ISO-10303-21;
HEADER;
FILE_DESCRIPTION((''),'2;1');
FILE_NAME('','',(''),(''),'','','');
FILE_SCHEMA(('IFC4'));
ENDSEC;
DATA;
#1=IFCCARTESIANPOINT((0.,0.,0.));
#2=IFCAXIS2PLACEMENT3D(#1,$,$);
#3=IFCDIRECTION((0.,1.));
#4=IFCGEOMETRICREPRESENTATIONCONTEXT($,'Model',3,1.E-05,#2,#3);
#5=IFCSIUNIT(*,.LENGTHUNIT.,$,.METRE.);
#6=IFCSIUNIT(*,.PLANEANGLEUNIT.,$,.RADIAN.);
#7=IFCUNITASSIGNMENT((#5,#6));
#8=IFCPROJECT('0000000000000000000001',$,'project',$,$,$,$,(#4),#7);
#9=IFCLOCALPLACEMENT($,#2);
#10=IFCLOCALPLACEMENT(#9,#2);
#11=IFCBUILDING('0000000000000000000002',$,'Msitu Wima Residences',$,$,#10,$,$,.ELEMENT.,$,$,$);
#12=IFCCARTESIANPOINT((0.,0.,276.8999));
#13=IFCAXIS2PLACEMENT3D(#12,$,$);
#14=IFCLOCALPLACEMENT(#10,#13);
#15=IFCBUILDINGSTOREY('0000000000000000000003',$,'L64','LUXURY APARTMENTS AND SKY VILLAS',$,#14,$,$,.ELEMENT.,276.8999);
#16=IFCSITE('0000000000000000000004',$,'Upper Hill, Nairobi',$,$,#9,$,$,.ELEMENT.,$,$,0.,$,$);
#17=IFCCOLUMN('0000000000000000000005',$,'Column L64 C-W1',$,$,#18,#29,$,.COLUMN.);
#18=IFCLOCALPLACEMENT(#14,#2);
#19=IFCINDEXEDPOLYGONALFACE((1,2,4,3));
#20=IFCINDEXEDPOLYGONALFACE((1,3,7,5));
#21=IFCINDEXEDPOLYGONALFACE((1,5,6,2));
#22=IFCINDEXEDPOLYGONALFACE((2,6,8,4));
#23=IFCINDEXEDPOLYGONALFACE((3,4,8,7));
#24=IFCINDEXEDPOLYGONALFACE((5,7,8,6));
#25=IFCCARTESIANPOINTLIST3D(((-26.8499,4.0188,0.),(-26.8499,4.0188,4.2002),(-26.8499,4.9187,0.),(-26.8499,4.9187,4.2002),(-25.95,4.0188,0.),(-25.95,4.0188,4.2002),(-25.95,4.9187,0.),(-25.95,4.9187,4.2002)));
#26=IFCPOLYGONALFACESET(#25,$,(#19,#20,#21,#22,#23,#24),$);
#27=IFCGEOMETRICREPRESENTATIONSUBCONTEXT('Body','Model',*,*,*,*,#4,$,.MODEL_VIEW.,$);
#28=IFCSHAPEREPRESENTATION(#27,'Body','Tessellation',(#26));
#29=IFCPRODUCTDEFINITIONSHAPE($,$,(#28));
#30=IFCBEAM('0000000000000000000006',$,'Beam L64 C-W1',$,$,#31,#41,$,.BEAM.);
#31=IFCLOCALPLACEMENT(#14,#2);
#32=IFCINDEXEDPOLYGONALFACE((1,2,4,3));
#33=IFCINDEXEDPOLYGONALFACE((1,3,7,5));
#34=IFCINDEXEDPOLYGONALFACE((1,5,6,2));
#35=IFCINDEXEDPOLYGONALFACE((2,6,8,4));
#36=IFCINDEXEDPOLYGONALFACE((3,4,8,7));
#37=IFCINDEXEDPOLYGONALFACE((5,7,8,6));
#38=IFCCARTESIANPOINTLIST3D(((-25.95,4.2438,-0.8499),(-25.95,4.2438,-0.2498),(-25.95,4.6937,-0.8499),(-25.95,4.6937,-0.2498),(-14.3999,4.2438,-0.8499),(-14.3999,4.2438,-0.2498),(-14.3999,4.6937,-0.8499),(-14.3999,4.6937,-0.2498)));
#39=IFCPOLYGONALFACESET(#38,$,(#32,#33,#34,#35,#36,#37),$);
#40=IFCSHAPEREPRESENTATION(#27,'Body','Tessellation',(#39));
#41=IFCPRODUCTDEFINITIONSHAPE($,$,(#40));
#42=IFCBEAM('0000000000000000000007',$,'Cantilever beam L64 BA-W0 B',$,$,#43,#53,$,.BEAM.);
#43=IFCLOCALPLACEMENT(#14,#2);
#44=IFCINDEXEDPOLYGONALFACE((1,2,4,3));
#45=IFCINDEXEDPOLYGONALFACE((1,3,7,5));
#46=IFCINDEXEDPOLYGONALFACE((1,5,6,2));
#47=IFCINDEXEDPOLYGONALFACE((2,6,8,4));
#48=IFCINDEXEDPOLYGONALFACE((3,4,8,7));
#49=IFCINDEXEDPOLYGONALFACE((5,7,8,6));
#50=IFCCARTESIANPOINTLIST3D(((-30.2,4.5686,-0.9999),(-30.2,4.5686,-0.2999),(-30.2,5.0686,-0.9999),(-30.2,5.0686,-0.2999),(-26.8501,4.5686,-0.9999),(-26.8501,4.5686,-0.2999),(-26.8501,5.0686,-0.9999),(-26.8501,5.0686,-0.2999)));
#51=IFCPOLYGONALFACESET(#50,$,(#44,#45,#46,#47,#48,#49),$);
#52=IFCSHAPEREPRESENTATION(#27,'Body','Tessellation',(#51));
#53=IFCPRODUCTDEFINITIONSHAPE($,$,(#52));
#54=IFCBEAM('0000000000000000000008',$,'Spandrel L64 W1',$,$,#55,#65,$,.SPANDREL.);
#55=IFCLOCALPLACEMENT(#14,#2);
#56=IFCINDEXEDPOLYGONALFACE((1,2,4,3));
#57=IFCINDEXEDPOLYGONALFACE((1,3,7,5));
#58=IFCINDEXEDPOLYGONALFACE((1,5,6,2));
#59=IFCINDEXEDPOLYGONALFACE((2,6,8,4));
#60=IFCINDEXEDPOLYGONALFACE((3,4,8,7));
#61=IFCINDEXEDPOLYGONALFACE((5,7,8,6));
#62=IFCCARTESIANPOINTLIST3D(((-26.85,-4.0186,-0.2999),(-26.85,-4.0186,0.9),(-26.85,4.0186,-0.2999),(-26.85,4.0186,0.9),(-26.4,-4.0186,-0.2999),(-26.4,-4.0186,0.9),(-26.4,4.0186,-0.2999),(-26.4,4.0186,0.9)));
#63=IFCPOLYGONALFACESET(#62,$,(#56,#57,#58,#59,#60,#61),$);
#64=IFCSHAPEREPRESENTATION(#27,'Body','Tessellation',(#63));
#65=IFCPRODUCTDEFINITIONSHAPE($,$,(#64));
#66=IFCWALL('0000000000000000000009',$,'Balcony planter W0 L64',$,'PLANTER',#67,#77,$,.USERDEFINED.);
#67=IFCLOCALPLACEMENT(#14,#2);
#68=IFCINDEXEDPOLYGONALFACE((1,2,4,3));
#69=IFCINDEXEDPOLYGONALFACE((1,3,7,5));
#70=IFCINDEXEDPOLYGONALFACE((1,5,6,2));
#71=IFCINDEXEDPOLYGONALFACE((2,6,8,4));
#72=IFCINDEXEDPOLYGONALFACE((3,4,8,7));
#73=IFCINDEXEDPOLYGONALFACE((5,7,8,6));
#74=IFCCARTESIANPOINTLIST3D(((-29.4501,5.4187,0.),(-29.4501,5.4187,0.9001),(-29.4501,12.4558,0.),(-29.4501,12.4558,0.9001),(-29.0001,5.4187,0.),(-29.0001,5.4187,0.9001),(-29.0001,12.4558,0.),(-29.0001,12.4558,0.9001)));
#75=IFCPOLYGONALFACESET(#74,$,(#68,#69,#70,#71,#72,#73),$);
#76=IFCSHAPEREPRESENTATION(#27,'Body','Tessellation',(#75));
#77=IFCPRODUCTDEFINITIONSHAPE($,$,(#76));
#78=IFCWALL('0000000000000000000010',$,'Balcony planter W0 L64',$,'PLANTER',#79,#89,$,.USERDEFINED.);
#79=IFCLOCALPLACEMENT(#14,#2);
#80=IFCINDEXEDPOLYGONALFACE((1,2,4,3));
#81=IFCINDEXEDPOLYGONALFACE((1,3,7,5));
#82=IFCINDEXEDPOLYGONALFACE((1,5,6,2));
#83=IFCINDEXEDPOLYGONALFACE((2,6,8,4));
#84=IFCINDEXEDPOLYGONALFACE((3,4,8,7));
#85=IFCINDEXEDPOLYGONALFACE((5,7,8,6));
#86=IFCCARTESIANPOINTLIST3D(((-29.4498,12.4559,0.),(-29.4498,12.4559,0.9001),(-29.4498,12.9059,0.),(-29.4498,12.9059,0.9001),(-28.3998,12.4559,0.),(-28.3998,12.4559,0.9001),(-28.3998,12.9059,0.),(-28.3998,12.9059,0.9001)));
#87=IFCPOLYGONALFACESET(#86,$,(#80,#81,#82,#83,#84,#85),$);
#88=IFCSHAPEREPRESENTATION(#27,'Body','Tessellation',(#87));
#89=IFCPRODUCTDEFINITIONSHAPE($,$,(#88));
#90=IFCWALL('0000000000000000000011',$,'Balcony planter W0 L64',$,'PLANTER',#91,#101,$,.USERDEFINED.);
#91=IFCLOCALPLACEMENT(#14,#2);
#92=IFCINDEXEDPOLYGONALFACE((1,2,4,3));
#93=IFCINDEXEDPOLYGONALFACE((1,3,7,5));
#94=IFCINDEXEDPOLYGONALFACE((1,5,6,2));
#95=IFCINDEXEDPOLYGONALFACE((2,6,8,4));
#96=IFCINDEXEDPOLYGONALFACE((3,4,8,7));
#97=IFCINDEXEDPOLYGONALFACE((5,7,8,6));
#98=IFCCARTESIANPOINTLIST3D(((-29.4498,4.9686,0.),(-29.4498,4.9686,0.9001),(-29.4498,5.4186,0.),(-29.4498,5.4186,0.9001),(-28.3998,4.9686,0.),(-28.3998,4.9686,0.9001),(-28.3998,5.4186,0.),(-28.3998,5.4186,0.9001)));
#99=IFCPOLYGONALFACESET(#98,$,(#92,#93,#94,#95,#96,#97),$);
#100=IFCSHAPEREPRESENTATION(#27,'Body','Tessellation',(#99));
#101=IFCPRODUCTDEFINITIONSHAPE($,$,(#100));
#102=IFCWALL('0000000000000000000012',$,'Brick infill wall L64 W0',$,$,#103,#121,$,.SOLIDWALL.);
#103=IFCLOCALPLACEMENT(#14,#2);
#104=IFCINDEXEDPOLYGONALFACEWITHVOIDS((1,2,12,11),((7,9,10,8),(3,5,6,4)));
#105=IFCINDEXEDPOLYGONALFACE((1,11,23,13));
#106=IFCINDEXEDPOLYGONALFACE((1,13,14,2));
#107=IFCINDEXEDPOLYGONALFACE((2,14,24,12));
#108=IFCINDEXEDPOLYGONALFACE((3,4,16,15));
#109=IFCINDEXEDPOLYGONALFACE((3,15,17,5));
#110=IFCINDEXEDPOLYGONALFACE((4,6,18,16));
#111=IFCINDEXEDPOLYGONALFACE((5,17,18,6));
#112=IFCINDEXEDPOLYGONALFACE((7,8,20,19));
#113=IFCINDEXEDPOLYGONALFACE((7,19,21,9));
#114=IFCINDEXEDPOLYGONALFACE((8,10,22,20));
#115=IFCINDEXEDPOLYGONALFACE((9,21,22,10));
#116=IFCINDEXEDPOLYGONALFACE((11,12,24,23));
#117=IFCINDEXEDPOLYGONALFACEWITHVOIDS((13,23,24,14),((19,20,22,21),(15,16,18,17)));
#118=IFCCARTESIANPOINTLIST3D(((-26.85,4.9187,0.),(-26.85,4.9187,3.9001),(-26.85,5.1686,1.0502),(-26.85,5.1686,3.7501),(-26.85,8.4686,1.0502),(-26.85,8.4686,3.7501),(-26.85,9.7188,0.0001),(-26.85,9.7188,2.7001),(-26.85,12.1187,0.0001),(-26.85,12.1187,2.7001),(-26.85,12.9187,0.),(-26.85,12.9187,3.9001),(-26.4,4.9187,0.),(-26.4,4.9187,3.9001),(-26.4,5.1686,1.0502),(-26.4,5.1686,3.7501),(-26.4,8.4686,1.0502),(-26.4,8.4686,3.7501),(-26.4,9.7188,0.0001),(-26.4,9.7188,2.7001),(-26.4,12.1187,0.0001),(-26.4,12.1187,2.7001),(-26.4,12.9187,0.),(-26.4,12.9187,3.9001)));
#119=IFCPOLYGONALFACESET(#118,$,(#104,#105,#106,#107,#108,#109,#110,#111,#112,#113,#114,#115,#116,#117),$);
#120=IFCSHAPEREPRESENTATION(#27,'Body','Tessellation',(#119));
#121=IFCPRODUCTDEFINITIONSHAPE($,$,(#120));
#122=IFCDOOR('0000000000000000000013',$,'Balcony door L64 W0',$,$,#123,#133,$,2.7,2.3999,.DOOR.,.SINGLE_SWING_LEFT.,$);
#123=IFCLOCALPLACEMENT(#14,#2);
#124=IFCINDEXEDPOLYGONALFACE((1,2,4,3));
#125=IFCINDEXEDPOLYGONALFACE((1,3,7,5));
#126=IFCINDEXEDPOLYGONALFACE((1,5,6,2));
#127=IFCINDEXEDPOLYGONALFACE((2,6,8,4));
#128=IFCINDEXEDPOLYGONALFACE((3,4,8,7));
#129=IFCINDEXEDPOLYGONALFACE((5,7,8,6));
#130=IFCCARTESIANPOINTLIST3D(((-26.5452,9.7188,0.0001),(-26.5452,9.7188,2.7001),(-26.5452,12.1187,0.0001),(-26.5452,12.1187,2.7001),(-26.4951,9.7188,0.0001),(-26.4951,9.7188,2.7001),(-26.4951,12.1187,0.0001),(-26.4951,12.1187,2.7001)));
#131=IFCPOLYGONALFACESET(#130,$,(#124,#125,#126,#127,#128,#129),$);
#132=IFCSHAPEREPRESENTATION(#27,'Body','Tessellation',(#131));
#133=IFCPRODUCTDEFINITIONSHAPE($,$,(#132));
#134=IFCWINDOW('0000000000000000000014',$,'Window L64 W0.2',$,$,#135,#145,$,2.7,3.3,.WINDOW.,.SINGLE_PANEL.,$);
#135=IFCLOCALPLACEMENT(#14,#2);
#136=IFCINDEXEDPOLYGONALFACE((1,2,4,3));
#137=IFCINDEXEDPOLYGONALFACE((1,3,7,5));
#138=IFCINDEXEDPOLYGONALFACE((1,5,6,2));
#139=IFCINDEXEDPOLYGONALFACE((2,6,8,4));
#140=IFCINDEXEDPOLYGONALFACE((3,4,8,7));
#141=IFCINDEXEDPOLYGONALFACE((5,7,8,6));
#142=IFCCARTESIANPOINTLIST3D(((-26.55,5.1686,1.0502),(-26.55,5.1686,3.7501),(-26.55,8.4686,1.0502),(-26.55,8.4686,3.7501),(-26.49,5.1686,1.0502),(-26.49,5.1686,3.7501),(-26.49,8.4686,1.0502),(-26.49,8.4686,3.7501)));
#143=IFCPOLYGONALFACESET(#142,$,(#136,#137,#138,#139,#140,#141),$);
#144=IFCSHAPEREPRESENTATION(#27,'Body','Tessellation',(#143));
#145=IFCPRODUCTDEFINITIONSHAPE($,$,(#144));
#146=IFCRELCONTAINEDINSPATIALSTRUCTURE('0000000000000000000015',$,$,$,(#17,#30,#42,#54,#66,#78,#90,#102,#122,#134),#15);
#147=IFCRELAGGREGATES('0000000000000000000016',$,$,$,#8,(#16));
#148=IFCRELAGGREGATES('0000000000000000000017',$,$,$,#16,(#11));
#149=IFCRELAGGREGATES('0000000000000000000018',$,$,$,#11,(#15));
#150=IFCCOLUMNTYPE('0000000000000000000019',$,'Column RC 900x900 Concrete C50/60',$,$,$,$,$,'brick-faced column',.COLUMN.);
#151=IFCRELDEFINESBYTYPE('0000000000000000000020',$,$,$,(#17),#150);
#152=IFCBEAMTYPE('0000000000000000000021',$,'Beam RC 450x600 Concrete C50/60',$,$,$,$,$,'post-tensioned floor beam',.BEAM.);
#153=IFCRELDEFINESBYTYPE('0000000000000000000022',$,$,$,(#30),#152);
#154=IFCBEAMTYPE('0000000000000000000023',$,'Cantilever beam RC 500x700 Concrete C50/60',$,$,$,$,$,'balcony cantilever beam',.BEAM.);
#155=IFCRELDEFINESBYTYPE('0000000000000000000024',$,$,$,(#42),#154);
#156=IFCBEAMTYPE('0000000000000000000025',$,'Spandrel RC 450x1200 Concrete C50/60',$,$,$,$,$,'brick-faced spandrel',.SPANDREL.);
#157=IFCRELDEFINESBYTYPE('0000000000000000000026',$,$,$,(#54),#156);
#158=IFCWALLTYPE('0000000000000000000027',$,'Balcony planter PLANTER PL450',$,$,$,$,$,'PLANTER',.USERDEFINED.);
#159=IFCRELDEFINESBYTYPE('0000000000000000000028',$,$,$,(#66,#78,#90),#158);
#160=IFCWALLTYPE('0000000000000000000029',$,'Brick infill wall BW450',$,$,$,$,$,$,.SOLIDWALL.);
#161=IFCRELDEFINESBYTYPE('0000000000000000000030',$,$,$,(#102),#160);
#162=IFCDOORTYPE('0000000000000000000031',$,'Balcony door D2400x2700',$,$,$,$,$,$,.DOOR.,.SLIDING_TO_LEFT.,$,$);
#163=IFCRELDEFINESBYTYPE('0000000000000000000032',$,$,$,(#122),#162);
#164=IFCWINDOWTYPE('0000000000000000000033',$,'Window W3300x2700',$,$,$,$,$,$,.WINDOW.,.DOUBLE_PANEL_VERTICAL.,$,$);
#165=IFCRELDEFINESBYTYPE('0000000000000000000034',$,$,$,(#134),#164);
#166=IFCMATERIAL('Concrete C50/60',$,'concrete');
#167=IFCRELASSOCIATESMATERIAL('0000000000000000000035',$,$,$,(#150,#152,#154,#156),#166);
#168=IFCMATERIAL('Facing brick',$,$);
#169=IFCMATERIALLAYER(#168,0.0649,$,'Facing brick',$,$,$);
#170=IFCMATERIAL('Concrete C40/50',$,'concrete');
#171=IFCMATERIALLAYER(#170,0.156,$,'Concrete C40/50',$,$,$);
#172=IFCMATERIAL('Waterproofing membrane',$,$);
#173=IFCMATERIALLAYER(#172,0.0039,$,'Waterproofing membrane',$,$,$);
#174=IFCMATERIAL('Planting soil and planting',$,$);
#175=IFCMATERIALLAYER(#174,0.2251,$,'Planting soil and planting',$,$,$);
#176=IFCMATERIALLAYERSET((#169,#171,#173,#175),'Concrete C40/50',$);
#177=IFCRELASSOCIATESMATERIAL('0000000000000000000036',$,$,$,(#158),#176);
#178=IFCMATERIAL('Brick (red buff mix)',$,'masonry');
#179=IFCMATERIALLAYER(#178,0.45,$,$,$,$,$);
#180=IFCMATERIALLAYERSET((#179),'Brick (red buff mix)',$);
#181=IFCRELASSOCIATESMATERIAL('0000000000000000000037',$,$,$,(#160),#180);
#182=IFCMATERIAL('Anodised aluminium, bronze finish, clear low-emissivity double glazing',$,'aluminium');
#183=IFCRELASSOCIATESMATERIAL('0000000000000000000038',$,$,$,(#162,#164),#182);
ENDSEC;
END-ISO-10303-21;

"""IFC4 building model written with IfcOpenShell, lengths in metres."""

from ifc_helpers import new_model, si_unit, direction, frame, frame_2d, origin, origin_2d, place, context, subcontext, project, spatial, rectangle, extrude, material, layer, layer_set, material_profile, profile_set, type_object, element, fill, save


model = new_model("IFC4")

# Units and contexts
model_context = context("Model", 3, precision=1e-05, world=origin(), true_north=direction((0.0, 1.0)))
body_context = subcontext(model_context, "Body", "Model", "MODEL_VIEW")
ifc_project = project(units=[si_unit("LENGTHUNIT", "METRE"), si_unit("PLANEANGLEUNIT", "RADIAN")], contexts=[model_context])

# Site, building, storey
site_placement = place(None, origin())
site = spatial("IfcSite", under=ifc_project, at=site_placement, Name="Upper Hill, Nairobi", CompositionType="ELEMENT", RefElevation=0.0)
building_placement = place(site_placement, origin())
building = spatial("IfcBuilding", under=site, at=building_placement, Name="Msitu Wima Residences", CompositionType="ELEMENT")
storey_placement = place(building_placement, frame((0.0, 0.0, 276.8999)))
storey = spatial("IfcBuildingStorey", under=building, at=storey_placement, Name="L64", Description="LUXURY APARTMENTS AND SKY VILLAS", CompositionType="ELEMENT", Elevation=276.8999)

# Column
ifc_material_1 = material(Name="Concrete C50/60", Category="concrete")
ifc_material_profile_1 = material_profile(ifc_material_1, rectangle(XDim=0.8999, YDim=0.8999, at=origin_2d()), Name="RC 900x900")
ifc_profile_set_1 = profile_set([ifc_material_profile_1], Name="Concrete C50/60")
column_type = type_object("IfcColumnType", Name="Column RC 900x900 Concrete C50/60", ElementType="brick-faced column", PredefinedType="COLUMN", material=ifc_profile_set_1)
column_placement = place(storey_placement, frame((-26.3999, 4.4688, 0.0), z_axis=(0.0, 0.0, 1.0), x_axis=(0.0, -1.0, 0.0)))
element("IfcColumn", 1, at=column_placement, inside=storey, type_object=column_type, Name="Column L64 C-W1", PredefinedType="COLUMN", context=body_context, shape_type="SweptSolid", body=[
    extrude(rectangle(XDim=0.8999, YDim=0.8999, at=origin_2d()), origin(), (0.0, 0.0, 1.0), 4.2002),
])

# Beams
ifc_material_profile_2 = material_profile(ifc_material_1, rectangle(XDim=0.45, YDim=0.6001, at=origin_2d()), Name="RC 450x600")
ifc_profile_set_2 = profile_set([ifc_material_profile_2], Name="Concrete C50/60")
beam_type_1 = type_object("IfcBeamType", Name="Beam RC 450x600 Concrete C50/60", ElementType="post-tensioned floor beam", PredefinedType="BEAM", material=ifc_profile_set_2)
beam_1_placement = place(storey_placement, frame((-25.95, 4.4688, -0.5498), z_axis=(1.0, 0.0, 0.0), x_axis=(0.0, 1.0, 0.0)))
element("IfcBeam", 2, at=beam_1_placement, inside=storey, type_object=beam_type_1, Name="Beam L64 C-W1", PredefinedType="BEAM", context=body_context, shape_type="SweptSolid", body=[
    extrude(rectangle(XDim=0.45, YDim=0.6001, at=origin_2d()), origin(), (0.0, 0.0, 1.0), 11.55),
])
ifc_material_profile_3 = material_profile(ifc_material_1, rectangle(XDim=0.5, YDim=0.7, at=origin_2d()), Name="RC 500x700")
ifc_profile_set_3 = profile_set([ifc_material_profile_3], Name="Concrete C50/60")
beam_type_2 = type_object("IfcBeamType", Name="Cantilever beam RC 500x700 Concrete C50/60", ElementType="balcony cantilever beam", PredefinedType="BEAM", material=ifc_profile_set_3)
beam_2_placement = place(storey_placement, frame((-26.8501, 4.8186, -0.6499), z_axis=(-1.0, 0.0, 0.0), x_axis=(0.0, -1.0, 0.0)))
element("IfcBeam", 3, at=beam_2_placement, inside=storey, type_object=beam_type_2, Name="Cantilever beam L64 BA-W0 B", PredefinedType="BEAM", context=body_context, shape_type="SweptSolid", body=[
    extrude(rectangle(XDim=0.5, YDim=0.7, at=origin_2d()), origin(), (0.0, 0.0, 1.0), 3.3499),
])
ifc_material_profile_4 = material_profile(ifc_material_1, rectangle(XDim=0.45, YDim=1.2, at=origin_2d()), Name="RC 450x1200")
ifc_profile_set_4 = profile_set([ifc_material_profile_4], Name="Concrete C50/60")
beam_type_3 = type_object("IfcBeamType", Name="Spandrel RC 450x1200 Concrete C50/60", ElementType="brick-faced spandrel", PredefinedType="SPANDREL", material=ifc_profile_set_4)
beam_3_placement = place(storey_placement, frame((-26.625, 4.0186, 0.3), z_axis=(0.0, -1.0, 0.0), x_axis=(1.0, 0.0, 0.0)))
element("IfcBeam", 4, at=beam_3_placement, inside=storey, type_object=beam_type_3, Name="Spandrel L64 W1", PredefinedType="SPANDREL", context=body_context, shape_type="SweptSolid", body=[
    extrude(rectangle(XDim=0.45, YDim=1.2, at=origin_2d()), origin(), (0.0, 0.0, 1.0), 8.0371),
])

# Walls
ifc_material_2 = material(Name="Facing brick")
ifc_layer_1 = layer(ifc_material_2, 0.0649, Name="Facing brick")
ifc_material_3 = material(Name="Concrete C40/50", Category="concrete")
ifc_layer_2 = layer(ifc_material_3, 0.156, Name="Concrete C40/50")
ifc_material_4 = material(Name="Waterproofing membrane")
ifc_layer_3 = layer(ifc_material_4, 0.0039, Name="Waterproofing membrane")
ifc_material_5 = material(Name="Planting soil and planting")
ifc_layer_4 = layer(ifc_material_5, 0.2251, Name="Planting soil and planting")
ifc_layer_set_1 = layer_set([ifc_layer_1, ifc_layer_2, ifc_layer_3, ifc_layer_4], Name="Concrete C40/50")
wall_type_1 = type_object("IfcWallType", Name="Balcony planter PLANTER PL450", ElementType="PLANTER", PredefinedType="USERDEFINED", material=ifc_layer_set_1)
wall_1_placement = place(storey_placement, frame((-29.2251, 12.4558, 0.0), z_axis=(0.0, 0.0, 1.0), x_axis=(0.0, -1.0, 0.0)))
element("IfcWall", 5, at=wall_1_placement, inside=storey, type_object=wall_type_1, Name="Balcony planter W0 L64", ObjectType="PLANTER", PredefinedType="USERDEFINED", context=body_context, shape_type="SweptSolid", body=[
    extrude(rectangle(XDim=7.0371, YDim=0.45, at=frame_2d((3.5186, 0.0))), origin(), (0.0, 0.0, 1.0), 0.9001),
])
for number, where, z_axis, x_axis, name in (
    (6, (-28.3999, 12.6809, 0.0), (0.0, 0.0, 1.0), (-1.0, 0.0, 0.0), "Balcony planter W0 L64"),
    (7, (-28.3999, 5.1936, 0.0), (0.0, 0.0, 1.0), (-1.0, 0.0, 0.0), "Balcony planter W0 L64"),
):
    element("IfcWall", number, at=place(storey_placement, frame(where, z_axis=z_axis, x_axis=x_axis)), inside=storey, type_object=wall_type_1, Name=name, ObjectType="PLANTER", PredefinedType="USERDEFINED", context=body_context, shape_type="SweptSolid", body=[
        extrude(rectangle(XDim=1.05, YDim=0.45, at=frame_2d((0.5249, 0.0))), origin(), (0.0, 0.0, 1.0), 0.9001),
    ])

# Wall, openings, door, window
ifc_material_6 = material(Name="Brick (red buff mix)", Category="masonry")
ifc_layer_5 = layer(ifc_material_6, 0.45)
ifc_layer_set_2 = layer_set([ifc_layer_5], Name="Brick (red buff mix)")
wall_type_2 = type_object("IfcWallType", Name="Brick infill wall BW450", PredefinedType="SOLIDWALL", material=ifc_layer_set_2)
wall_2_placement = place(storey_placement, frame((-26.625, 12.9187, 0.0), z_axis=(0.0, 0.0, 1.0), x_axis=(0.0, -1.0, 0.0)))
wall_2 = element("IfcWall", 8, at=wall_2_placement, inside=storey, type_object=wall_type_2, Name="Brick infill wall L64 W0", PredefinedType="SOLIDWALL", context=body_context, shape_type="SweptSolid", body=[
    extrude(rectangle(XDim=8.0, YDim=0.45, at=frame_2d((4.0, 0.0))), origin(), (0.0, 0.0, 1.0), 3.9001),
])
opening_1_placement = place(wall_2_placement, frame((0.8, 0.0, 0.0)))
opening_1 = element("IfcOpeningElement", 9, at=opening_1_placement, cuts=wall_2, PredefinedType="OPENING", context=body_context, shape_type="SweptSolid", body=[
    extrude(rectangle(XDim=2.3999, YDim=2.7, at=frame_2d((1.2, 1.3501))), frame((0.0, 0.2349, 0.0), z_axis=(0.0, -1.0, 0.0), x_axis=(1.0, 0.0, 0.0)), (0.0, 0.0, 1.0), 0.47),
])
opening_2_placement = place(wall_2_placement, frame((4.4502, 0.0, 1.05)))
opening_2 = element("IfcOpeningElement", 10, at=opening_2_placement, cuts=wall_2, PredefinedType="OPENING", context=body_context, shape_type="SweptSolid", body=[
    extrude(rectangle(XDim=3.3, YDim=2.7, at=frame_2d((1.6499, 1.3501))), frame((0.0, 0.2349, 0.0), z_axis=(0.0, -1.0, 0.0), x_axis=(1.0, 0.0, 0.0)), (0.0, 0.0, 1.0), 0.47),
])
ifc_material_7 = material(Name="Anodised aluminium, bronze finish, clear low-emissivity double glazing", Category="aluminium")
door_type_1 = type_object("IfcDoorType", Name="Balcony door D2400x2700", OperationType="SLIDING_TO_LEFT", PredefinedType="DOOR", material=ifc_material_7)
door_1_placement = place(opening_1_placement, origin())
door_1 = element("IfcDoor", 11, at=door_1_placement, inside=storey, type_object=door_type_1, Name="Balcony door L64 W0", OperationType="SINGLE_SWING_LEFT", OverallHeight=2.7, OverallWidth=2.3999, PredefinedType="DOOR", context=body_context, shape_type="SweptSolid", body=[
    extrude(rectangle(XDim=2.3999, YDim=2.7, at=frame_2d((1.2, 1.3501))), frame((0.0, 0.1299, 0.0), z_axis=(0.0, -1.0, 0.0), x_axis=(1.0, 0.0, 0.0)), (0.0, 0.0, 1.0), 0.05),
])
fill(opening_1, door_1)
window_type = type_object("IfcWindowType", Name="Window W3300x2700", PartitioningType="DOUBLE_PANEL_VERTICAL", PredefinedType="WINDOW", material=ifc_material_7)
window_1_placement = place(opening_2_placement, origin())
window_1 = element("IfcWindow", 12, at=window_1_placement, inside=storey, type_object=window_type, Name="Window L64 W0.2", OverallHeight=2.7, OverallWidth=3.3, PartitioningType="SINGLE_PANEL", PredefinedType="WINDOW", context=body_context, shape_type="SweptSolid", body=[
    extrude(rectangle(XDim=3.3, YDim=2.7, at=frame_2d((1.6499, 1.3501))), frame((0.0, 0.135, 0.0), z_axis=(0.0, -1.0, 0.0), x_axis=(1.0, 0.0, 0.0)), (0.0, 0.0, 1.0), 0.0601),
])
fill(opening_2, window_1)

save(model, "model.ifc")
